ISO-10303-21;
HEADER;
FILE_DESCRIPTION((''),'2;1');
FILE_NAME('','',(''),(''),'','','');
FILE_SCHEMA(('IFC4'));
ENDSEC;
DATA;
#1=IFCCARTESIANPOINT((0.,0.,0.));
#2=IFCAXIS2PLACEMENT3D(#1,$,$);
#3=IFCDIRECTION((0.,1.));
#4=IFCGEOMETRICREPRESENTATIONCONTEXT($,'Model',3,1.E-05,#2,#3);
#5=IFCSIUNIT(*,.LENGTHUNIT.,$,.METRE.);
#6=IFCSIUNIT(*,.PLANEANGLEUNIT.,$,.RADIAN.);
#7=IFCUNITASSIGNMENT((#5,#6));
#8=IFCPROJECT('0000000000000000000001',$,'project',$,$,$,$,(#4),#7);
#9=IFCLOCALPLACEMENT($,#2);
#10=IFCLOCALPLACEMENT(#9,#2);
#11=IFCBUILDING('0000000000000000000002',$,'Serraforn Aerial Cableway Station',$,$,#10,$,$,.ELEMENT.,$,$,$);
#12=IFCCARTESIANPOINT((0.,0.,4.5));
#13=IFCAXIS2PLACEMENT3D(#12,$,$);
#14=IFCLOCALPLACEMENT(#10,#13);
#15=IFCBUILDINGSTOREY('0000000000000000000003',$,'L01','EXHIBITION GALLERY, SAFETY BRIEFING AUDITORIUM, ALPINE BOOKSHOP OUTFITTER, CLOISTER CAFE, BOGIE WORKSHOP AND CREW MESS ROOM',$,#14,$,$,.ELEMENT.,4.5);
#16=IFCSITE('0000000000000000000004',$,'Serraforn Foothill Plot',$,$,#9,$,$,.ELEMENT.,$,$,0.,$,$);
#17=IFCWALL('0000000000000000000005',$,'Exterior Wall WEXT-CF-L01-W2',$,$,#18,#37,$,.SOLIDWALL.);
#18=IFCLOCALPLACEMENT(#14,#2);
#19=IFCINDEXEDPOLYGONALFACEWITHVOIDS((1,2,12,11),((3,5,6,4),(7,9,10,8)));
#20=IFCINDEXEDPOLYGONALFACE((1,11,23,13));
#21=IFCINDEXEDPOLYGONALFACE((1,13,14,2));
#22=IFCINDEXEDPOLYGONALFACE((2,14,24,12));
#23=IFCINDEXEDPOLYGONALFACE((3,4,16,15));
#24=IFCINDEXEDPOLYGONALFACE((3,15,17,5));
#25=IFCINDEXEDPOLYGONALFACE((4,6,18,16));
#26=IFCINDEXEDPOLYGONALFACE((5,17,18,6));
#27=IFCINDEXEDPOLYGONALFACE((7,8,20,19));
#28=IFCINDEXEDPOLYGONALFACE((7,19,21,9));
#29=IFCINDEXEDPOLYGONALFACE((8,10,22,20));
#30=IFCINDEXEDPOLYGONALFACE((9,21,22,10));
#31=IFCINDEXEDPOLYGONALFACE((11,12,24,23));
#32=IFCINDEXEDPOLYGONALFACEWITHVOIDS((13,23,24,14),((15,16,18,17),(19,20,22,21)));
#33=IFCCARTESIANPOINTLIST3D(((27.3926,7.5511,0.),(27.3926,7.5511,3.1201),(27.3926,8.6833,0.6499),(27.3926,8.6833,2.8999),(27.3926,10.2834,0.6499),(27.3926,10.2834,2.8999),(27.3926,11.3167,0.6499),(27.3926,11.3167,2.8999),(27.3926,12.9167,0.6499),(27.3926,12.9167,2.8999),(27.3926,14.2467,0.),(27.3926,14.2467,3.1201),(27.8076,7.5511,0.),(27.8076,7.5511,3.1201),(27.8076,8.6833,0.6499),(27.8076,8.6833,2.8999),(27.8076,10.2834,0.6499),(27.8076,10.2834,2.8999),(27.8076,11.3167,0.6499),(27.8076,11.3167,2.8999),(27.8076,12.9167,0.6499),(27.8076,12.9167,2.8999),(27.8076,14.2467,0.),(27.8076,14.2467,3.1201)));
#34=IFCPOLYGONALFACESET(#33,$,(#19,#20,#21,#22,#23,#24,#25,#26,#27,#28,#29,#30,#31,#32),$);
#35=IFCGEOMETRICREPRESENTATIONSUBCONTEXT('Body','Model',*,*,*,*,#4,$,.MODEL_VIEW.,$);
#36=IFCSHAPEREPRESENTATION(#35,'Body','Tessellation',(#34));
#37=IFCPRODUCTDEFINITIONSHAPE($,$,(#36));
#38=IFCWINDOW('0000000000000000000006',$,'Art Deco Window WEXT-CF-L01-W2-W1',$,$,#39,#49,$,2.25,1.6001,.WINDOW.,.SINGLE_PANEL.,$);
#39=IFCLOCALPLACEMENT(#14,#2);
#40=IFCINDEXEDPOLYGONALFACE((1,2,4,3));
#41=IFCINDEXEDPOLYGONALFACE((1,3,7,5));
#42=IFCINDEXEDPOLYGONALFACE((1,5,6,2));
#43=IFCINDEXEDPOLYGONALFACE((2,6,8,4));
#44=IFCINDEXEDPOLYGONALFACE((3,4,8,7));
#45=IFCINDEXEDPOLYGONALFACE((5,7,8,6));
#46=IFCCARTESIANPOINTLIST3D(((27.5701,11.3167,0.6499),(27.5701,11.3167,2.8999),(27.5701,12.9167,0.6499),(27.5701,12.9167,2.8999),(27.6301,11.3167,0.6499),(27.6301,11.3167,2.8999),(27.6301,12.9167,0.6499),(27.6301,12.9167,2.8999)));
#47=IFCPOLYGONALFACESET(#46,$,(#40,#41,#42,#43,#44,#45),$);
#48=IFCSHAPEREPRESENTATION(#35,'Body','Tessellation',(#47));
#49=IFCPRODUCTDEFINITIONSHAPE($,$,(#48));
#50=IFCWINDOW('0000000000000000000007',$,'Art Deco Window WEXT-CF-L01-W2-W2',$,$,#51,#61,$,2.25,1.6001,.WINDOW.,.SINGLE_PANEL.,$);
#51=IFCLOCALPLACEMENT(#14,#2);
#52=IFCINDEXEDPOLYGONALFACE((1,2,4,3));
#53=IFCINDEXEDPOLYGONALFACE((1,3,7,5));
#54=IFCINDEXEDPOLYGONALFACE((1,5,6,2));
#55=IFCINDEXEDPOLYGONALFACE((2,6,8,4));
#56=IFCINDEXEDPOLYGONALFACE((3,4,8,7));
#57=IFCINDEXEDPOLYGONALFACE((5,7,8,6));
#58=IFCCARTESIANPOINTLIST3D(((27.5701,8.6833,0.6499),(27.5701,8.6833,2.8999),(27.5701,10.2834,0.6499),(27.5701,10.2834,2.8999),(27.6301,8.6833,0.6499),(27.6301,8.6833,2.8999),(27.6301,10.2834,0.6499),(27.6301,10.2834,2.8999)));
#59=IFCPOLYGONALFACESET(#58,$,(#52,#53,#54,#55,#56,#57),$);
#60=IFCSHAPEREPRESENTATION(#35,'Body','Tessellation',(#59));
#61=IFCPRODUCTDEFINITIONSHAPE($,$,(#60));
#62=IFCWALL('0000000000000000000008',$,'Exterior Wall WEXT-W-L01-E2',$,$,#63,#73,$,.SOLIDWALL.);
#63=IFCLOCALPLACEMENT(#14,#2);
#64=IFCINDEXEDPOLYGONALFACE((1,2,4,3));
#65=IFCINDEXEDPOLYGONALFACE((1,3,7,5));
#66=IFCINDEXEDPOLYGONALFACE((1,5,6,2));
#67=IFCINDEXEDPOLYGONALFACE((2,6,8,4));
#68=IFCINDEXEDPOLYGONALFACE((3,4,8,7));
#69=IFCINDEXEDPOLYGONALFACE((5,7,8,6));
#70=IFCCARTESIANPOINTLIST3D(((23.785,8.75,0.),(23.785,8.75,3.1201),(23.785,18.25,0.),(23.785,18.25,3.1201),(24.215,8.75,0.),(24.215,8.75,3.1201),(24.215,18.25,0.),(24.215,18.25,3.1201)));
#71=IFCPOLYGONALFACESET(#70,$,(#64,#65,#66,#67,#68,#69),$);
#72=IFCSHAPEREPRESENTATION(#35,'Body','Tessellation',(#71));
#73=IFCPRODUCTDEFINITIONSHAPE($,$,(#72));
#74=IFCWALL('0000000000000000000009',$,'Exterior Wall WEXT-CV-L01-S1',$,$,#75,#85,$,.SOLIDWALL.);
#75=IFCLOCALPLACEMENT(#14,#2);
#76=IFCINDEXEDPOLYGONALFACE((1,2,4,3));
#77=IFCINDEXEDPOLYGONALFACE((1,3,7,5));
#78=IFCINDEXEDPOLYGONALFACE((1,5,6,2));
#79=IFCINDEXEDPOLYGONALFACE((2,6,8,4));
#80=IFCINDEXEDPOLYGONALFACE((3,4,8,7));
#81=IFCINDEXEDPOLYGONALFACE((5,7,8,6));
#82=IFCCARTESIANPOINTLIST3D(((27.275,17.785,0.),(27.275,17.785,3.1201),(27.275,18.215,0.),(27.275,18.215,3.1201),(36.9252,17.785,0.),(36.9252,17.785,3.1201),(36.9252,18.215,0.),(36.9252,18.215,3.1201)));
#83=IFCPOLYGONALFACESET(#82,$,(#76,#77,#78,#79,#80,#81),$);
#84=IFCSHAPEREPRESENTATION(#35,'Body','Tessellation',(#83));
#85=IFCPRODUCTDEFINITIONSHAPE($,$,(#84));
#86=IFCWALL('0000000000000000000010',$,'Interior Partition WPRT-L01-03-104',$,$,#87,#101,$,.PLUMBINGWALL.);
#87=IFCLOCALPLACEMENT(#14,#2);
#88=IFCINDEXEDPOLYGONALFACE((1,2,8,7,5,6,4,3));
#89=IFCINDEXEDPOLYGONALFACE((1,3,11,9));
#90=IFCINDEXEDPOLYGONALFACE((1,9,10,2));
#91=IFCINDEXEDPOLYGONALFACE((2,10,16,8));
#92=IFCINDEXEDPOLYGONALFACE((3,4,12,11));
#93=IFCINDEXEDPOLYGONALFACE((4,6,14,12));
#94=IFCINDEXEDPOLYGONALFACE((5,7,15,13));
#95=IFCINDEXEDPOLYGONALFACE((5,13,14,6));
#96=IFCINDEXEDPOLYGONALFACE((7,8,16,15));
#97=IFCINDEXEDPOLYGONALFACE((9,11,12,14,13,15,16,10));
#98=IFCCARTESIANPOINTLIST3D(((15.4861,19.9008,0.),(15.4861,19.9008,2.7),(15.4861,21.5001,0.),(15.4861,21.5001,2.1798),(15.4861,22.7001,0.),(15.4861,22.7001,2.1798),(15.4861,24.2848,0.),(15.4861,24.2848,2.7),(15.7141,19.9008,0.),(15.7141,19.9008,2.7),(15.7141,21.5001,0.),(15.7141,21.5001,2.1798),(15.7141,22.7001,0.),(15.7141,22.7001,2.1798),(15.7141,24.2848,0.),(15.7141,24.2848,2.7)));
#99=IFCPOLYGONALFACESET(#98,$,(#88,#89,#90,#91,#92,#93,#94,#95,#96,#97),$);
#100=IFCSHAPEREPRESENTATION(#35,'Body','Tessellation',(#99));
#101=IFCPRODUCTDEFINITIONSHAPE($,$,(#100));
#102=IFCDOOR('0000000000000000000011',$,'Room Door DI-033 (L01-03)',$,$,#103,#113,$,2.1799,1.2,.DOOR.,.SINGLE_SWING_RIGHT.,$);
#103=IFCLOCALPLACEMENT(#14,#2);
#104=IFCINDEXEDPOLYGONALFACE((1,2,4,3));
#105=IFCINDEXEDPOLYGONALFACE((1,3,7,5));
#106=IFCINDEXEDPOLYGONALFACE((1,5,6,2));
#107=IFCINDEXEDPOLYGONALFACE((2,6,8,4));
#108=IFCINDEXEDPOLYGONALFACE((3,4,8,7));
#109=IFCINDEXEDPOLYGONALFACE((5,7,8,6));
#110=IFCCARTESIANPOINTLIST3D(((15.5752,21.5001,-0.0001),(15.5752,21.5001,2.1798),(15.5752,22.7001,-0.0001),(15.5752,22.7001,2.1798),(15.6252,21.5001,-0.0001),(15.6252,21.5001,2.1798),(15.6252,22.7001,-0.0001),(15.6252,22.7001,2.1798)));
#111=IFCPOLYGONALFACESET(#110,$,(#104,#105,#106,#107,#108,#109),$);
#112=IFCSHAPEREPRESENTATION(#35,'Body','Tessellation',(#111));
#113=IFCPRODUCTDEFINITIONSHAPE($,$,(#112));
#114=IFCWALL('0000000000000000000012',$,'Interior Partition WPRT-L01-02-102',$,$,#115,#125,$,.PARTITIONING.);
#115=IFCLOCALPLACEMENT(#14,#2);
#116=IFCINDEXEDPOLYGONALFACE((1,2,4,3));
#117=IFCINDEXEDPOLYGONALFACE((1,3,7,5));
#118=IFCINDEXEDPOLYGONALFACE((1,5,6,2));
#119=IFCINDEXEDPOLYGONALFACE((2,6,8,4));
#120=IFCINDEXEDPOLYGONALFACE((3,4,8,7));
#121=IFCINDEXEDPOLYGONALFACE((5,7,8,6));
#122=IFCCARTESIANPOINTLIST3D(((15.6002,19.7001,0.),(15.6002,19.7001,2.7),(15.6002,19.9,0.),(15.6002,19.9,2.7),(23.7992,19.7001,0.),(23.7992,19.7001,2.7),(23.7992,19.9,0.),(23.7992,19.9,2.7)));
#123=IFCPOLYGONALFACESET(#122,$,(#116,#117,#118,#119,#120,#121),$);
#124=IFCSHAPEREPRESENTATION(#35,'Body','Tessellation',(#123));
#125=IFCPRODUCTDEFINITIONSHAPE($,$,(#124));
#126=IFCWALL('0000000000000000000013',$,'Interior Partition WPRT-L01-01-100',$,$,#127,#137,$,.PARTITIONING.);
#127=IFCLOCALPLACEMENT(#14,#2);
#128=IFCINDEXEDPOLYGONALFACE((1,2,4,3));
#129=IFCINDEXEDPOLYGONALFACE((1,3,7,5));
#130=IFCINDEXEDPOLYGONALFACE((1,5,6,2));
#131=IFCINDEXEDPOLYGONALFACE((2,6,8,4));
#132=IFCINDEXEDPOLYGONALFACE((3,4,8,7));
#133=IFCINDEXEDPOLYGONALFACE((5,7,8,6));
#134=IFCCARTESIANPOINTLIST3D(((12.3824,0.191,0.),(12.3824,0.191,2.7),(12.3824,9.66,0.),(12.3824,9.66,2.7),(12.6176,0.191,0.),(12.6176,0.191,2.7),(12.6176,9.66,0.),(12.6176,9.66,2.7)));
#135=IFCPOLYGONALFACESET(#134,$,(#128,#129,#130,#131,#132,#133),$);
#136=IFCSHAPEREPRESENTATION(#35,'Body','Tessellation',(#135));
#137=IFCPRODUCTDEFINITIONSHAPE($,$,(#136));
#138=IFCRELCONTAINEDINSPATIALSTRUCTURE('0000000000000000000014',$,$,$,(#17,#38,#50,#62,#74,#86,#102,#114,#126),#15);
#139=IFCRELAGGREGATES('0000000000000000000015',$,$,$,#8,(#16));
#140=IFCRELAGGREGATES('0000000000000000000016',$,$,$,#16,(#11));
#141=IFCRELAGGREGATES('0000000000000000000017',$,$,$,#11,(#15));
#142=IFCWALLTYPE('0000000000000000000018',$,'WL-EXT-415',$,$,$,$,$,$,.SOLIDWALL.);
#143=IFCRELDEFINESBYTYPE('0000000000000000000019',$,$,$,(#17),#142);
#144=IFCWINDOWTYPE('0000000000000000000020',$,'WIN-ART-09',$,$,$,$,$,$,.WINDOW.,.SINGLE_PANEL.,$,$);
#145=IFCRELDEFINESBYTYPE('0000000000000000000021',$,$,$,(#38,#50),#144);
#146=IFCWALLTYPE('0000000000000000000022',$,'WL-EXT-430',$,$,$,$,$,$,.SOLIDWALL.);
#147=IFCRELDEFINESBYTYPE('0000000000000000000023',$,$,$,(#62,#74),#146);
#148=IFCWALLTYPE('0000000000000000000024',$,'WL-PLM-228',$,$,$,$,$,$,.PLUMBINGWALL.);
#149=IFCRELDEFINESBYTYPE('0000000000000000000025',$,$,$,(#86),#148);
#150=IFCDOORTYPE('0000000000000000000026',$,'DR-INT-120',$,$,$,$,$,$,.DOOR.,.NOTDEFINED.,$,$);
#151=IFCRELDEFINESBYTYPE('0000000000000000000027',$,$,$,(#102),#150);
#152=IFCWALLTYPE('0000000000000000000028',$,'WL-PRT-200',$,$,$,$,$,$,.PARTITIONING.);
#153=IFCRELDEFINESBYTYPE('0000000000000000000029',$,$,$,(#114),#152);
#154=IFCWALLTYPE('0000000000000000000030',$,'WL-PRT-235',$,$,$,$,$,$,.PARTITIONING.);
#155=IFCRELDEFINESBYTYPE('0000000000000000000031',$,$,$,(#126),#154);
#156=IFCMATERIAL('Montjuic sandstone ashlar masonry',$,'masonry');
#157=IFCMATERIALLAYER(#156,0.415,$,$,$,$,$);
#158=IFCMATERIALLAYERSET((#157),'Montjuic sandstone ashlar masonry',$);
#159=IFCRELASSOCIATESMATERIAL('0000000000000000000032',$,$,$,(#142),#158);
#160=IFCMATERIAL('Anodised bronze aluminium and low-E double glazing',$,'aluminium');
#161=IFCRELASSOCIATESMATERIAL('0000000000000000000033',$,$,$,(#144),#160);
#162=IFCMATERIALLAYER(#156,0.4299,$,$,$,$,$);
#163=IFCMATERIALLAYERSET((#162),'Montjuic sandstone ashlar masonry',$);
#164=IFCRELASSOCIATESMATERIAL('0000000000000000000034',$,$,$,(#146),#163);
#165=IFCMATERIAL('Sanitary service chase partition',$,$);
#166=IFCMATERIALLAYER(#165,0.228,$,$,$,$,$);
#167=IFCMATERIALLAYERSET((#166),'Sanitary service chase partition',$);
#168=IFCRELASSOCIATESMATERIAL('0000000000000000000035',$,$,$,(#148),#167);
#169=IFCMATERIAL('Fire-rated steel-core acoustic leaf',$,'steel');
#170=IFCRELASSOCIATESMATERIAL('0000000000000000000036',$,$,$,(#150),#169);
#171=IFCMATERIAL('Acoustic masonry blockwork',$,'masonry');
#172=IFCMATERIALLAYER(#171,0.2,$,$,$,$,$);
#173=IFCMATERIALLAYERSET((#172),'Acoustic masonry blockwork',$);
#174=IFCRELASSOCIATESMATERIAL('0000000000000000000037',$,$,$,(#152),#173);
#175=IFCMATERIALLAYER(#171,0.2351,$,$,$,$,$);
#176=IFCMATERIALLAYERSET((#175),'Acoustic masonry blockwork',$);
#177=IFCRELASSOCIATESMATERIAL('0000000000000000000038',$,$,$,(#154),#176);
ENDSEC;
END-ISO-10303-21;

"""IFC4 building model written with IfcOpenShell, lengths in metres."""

from ifc_helpers import new_model, si_unit, direction, frame, frame_2d, origin, place, context, subcontext, project, spatial, rectangle, extrude, material, layer, layer_set, type_object, element, fill, save


model = new_model("IFC4")

# Units and contexts
model_context = context("Model", 3, precision=1e-05, world=origin(), true_north=direction((0.0, 1.0)))
body_context = subcontext(model_context, "Body", "Model", "MODEL_VIEW")
ifc_project = project(units=[si_unit("LENGTHUNIT", "METRE"), si_unit("PLANEANGLEUNIT", "RADIAN")], contexts=[model_context])

# Site, building, storey
site_placement = place(None, origin())
site = spatial("IfcSite", under=ifc_project, at=site_placement, Name="Serraforn Foothill Plot", CompositionType="ELEMENT", RefElevation=0.0)
building_placement = place(site_placement, origin())
building = spatial("IfcBuilding", under=site, at=building_placement, Name="Serraforn Aerial Cableway Station", CompositionType="ELEMENT")
storey_placement = place(building_placement, frame((0.0, 0.0, 4.5)))
storey = spatial("IfcBuildingStorey", under=building, at=storey_placement, Name="L01", Description="EXHIBITION GALLERY, SAFETY BRIEFING AUDITORIUM, ALPINE BOOKSHOP OUTFITTER, CLOISTER CAFE, BOGIE WORKSHOP AND CREW MESS ROOM", CompositionType="ELEMENT", Elevation=4.5)

# Shared definitions
ifc_material_1 = material(Name="Montjuic sandstone ashlar masonry", Category="masonry")

# Wall, openings, windows
ifc_layer_1 = layer(ifc_material_1, 0.415)
ifc_layer_set_1 = layer_set([ifc_layer_1], Name="Montjuic sandstone ashlar masonry")
wall_type_1 = type_object("IfcWallType", Name="WL-EXT-415", PredefinedType="SOLIDWALL", material=ifc_layer_set_1)
wall_1_placement = place(storey_placement, frame((27.6001, 14.2466, 0.0), z_axis=(0.0, 0.0, 1.0), x_axis=(0.0, -1.0, 0.0)))
wall_1 = element("IfcWall", 1, at=wall_1_placement, inside=storey, type_object=wall_type_1, Name="Exterior Wall WEXT-CF-L01-W2", PredefinedType="SOLIDWALL", context=body_context, shape_type="SweptSolid", body=[
    extrude(rectangle(XDim=6.6956, YDim=0.415, at=frame_2d((3.3477, 0.0))), origin(), (0.0, 0.0, 1.0), 3.1201),
])
opening_1_placement = place(wall_1_placement, frame((1.3298, 0.0, 0.6499)))
opening_1 = element("IfcOpeningElement", 2, at=opening_1_placement, cuts=wall_1, PredefinedType="OPENING", context=body_context, shape_type="SweptSolid", body=[
    extrude(rectangle(XDim=1.6001, YDim=2.25, at=frame_2d((0.8, 1.125))), frame((0.0, 0.2175, 0.0), z_axis=(0.0, -1.0, 0.0), x_axis=(1.0, 0.0, 0.0)), (0.0, 0.0, 1.0), 0.4351),
])
opening_2_placement = place(wall_1_placement, frame((3.9631, 0.0, 0.6499)))
opening_2 = element("IfcOpeningElement", 3, at=opening_2_placement, cuts=wall_1, PredefinedType="OPENING", context=body_context, shape_type="SweptSolid", body=[
    extrude(rectangle(XDim=1.6001, YDim=2.25, at=frame_2d((0.8, 1.125))), frame((0.0, 0.2175, 0.0), z_axis=(0.0, -1.0, 0.0), x_axis=(1.0, 0.0, 0.0)), (0.0, 0.0, 1.0), 0.4351),
])
ifc_material_2 = material(Name="Anodised bronze aluminium and low-E double glazing", Category="aluminium")
window_type = type_object("IfcWindowType", Name="WIN-ART-09", PartitioningType="SINGLE_PANEL", PredefinedType="WINDOW", material=ifc_material_2)
window_1_placement = place(opening_1_placement, origin())
window_1 = element("IfcWindow", 4, at=window_1_placement, inside=storey, type_object=window_type, Name="Art Deco Window WEXT-CF-L01-W2-W1", OverallHeight=2.25, OverallWidth=1.6001, PartitioningType="SINGLE_PANEL", PredefinedType="WINDOW", context=body_context, shape_type="SweptSolid", body=[
    extrude(rectangle(XDim=1.6001, YDim=2.25, at=frame_2d((0.8, 1.125))), frame((0.0, 0.03, 0.0), z_axis=(0.0, -1.0, 0.0), x_axis=(1.0, 0.0, 0.0)), (0.0, 0.0, 1.0), 0.0601),
])
fill(opening_1, window_1)
window_2_placement = place(opening_2_placement, origin())
window_2 = element("IfcWindow", 5, at=window_2_placement, inside=storey, type_object=window_type, Name="Art Deco Window WEXT-CF-L01-W2-W2", OverallHeight=2.25, OverallWidth=1.6001, PartitioningType="SINGLE_PANEL", PredefinedType="WINDOW", context=body_context, shape_type="SweptSolid", body=[
    extrude(rectangle(XDim=1.6001, YDim=2.25, at=frame_2d((0.8, 1.125))), frame((0.0, 0.03, 0.0), z_axis=(0.0, -1.0, 0.0), x_axis=(1.0, 0.0, 0.0)), (0.0, 0.0, 1.0), 0.0601),
])
fill(opening_2, window_2)

# Walls
ifc_layer_2 = layer(ifc_material_1, 0.4299)
ifc_layer_set_2 = layer_set([ifc_layer_2], Name="Montjuic sandstone ashlar masonry")
wall_type_2 = type_object("IfcWallType", Name="WL-EXT-430", PredefinedType="SOLIDWALL", material=ifc_layer_set_2)
wall_2_placement = place(storey_placement, frame((24.0, 8.75, 0.0), z_axis=(0.0, 0.0, 1.0), x_axis=(0.0, 1.0, 0.0)))
element("IfcWall", 6, at=wall_2_placement, inside=storey, type_object=wall_type_2, Name="Exterior Wall WEXT-W-L01-E2", PredefinedType="SOLIDWALL", context=body_context, shape_type="SweptSolid", body=[
    extrude(rectangle(XDim=9.5, YDim=0.4299, at=frame_2d((4.75, 0.0))), origin(), (0.0, 0.0, 1.0), 3.1201),
])
wall_3_placement = place(storey_placement, frame((27.2749, 18.0, 0.0), z_axis=(0.0, 0.0, 1.0), x_axis=(1.0, 0.0, 0.0)))
element("IfcWall", 7, at=wall_3_placement, inside=storey, type_object=wall_type_2, Name="Exterior Wall WEXT-CV-L01-S1", PredefinedType="SOLIDWALL", context=body_context, shape_type="SweptSolid", body=[
    extrude(rectangle(XDim=9.6501, YDim=0.4299, at=frame_2d((4.8252, 0.0))), origin(), (0.0, 0.0, 1.0), 3.1201),
])

# Wall, opening, door
ifc_material_3 = material(Name="Sanitary service chase partition")
ifc_layer_3 = layer(ifc_material_3, 0.228)
ifc_layer_set_3 = layer_set([ifc_layer_3], Name="Sanitary service chase partition")
wall_type_3 = type_object("IfcWallType", Name="WL-PLM-228", PredefinedType="PLUMBINGWALL", material=ifc_layer_set_3)
wall_4_placement = place(storey_placement, frame((15.6001, 19.9009, 0.0), z_axis=(0.0, 0.0, 1.0), x_axis=(0.0, 1.0, 0.0)))
wall_4 = element("IfcWall", 8, at=wall_4_placement, inside=storey, type_object=wall_type_3, Name="Interior Partition WPRT-L01-03-104", PredefinedType="PLUMBINGWALL", context=body_context, shape_type="SweptSolid", body=[
    extrude(rectangle(XDim=4.384, YDim=0.228, at=frame_2d((2.1919, 0.0))), origin(), (0.0, 0.0, 1.0), 2.7),
])
opening_3_placement = place(wall_4_placement, frame((1.5991, 0.0, 0.0)))
opening_3 = element("IfcOpeningElement", 9, at=opening_3_placement, cuts=wall_4, PredefinedType="OPENING", context=body_context, shape_type="SweptSolid", body=[
    extrude(rectangle(XDim=1.2, YDim=2.1799, at=frame_2d((0.6001, 1.0898))), frame((0.0, 0.124, 0.0), z_axis=(0.0, -1.0, 0.0), x_axis=(1.0, 0.0, 0.0)), (0.0, 0.0, 1.0), 0.248),
])
ifc_material_4 = material(Name="Fire-rated steel-core acoustic leaf", Category="steel")
door_type_1 = type_object("IfcDoorType", Name="DR-INT-120", OperationType="NOTDEFINED", PredefinedType="DOOR", material=ifc_material_4)
door_1_placement = place(opening_3_placement, origin())
door_1 = element("IfcDoor", 10, at=door_1_placement, inside=storey, type_object=door_type_1, Name="Room Door DI-033 (L01-03)", OperationType="SINGLE_SWING_RIGHT", OverallHeight=2.1799, OverallWidth=1.2, PredefinedType="DOOR", context=body_context, shape_type="SweptSolid", body=[
    extrude(rectangle(XDim=1.2, YDim=2.1799, at=frame_2d((0.6001, 1.0898))), frame((0.0, 0.0249, 0.0), z_axis=(0.0, -1.0, 0.0), x_axis=(1.0, 0.0, 0.0)), (0.0, 0.0, 1.0), 0.05),
])
fill(opening_3, door_1)

# Walls
ifc_material_5 = material(Name="Acoustic masonry blockwork", Category="masonry")
ifc_layer_4 = layer(ifc_material_5, 0.2)
ifc_layer_set_4 = layer_set([ifc_layer_4], Name="Acoustic masonry blockwork")
wall_type_4 = type_object("IfcWallType", Name="WL-PRT-200", PredefinedType="PARTITIONING", material=ifc_layer_set_4)
wall_5_placement = place(storey_placement, frame((15.6001, 19.8, 0.0), z_axis=(0.0, 0.0, 1.0), x_axis=(1.0, 0.0, 0.0)))
element("IfcWall", 11, at=wall_5_placement, inside=storey, type_object=wall_type_4, Name="Interior Partition WPRT-L01-02-102", PredefinedType="PARTITIONING", context=body_context, shape_type="SweptSolid", body=[
    extrude(rectangle(XDim=8.199, YDim=0.2, at=frame_2d((4.0996, 0.0))), origin(), (0.0, 0.0, 1.0), 2.7),
])
ifc_layer_5 = layer(ifc_material_5, 0.2351)
ifc_layer_set_5 = layer_set([ifc_layer_5], Name="Acoustic masonry blockwork")
wall_type_5 = type_object("IfcWallType", Name="WL-PRT-235", PredefinedType="PARTITIONING", material=ifc_layer_set_5)
wall_6_placement = place(storey_placement, frame((12.5, 9.6599, 0.0), z_axis=(0.0, 0.0, 1.0), x_axis=(0.0, -1.0, 0.0)))
element("IfcWall", 12, at=wall_6_placement, inside=storey, type_object=wall_type_5, Name="Interior Partition WPRT-L01-01-100", PredefinedType="PARTITIONING", context=body_context, shape_type="SweptSolid", body=[
    extrude(rectangle(XDim=9.469, YDim=0.2351, at=frame_2d((4.7344, 0.0))), origin(), (0.0, 0.0, 1.0), 2.7),
])

save(model, "model.ifc")
